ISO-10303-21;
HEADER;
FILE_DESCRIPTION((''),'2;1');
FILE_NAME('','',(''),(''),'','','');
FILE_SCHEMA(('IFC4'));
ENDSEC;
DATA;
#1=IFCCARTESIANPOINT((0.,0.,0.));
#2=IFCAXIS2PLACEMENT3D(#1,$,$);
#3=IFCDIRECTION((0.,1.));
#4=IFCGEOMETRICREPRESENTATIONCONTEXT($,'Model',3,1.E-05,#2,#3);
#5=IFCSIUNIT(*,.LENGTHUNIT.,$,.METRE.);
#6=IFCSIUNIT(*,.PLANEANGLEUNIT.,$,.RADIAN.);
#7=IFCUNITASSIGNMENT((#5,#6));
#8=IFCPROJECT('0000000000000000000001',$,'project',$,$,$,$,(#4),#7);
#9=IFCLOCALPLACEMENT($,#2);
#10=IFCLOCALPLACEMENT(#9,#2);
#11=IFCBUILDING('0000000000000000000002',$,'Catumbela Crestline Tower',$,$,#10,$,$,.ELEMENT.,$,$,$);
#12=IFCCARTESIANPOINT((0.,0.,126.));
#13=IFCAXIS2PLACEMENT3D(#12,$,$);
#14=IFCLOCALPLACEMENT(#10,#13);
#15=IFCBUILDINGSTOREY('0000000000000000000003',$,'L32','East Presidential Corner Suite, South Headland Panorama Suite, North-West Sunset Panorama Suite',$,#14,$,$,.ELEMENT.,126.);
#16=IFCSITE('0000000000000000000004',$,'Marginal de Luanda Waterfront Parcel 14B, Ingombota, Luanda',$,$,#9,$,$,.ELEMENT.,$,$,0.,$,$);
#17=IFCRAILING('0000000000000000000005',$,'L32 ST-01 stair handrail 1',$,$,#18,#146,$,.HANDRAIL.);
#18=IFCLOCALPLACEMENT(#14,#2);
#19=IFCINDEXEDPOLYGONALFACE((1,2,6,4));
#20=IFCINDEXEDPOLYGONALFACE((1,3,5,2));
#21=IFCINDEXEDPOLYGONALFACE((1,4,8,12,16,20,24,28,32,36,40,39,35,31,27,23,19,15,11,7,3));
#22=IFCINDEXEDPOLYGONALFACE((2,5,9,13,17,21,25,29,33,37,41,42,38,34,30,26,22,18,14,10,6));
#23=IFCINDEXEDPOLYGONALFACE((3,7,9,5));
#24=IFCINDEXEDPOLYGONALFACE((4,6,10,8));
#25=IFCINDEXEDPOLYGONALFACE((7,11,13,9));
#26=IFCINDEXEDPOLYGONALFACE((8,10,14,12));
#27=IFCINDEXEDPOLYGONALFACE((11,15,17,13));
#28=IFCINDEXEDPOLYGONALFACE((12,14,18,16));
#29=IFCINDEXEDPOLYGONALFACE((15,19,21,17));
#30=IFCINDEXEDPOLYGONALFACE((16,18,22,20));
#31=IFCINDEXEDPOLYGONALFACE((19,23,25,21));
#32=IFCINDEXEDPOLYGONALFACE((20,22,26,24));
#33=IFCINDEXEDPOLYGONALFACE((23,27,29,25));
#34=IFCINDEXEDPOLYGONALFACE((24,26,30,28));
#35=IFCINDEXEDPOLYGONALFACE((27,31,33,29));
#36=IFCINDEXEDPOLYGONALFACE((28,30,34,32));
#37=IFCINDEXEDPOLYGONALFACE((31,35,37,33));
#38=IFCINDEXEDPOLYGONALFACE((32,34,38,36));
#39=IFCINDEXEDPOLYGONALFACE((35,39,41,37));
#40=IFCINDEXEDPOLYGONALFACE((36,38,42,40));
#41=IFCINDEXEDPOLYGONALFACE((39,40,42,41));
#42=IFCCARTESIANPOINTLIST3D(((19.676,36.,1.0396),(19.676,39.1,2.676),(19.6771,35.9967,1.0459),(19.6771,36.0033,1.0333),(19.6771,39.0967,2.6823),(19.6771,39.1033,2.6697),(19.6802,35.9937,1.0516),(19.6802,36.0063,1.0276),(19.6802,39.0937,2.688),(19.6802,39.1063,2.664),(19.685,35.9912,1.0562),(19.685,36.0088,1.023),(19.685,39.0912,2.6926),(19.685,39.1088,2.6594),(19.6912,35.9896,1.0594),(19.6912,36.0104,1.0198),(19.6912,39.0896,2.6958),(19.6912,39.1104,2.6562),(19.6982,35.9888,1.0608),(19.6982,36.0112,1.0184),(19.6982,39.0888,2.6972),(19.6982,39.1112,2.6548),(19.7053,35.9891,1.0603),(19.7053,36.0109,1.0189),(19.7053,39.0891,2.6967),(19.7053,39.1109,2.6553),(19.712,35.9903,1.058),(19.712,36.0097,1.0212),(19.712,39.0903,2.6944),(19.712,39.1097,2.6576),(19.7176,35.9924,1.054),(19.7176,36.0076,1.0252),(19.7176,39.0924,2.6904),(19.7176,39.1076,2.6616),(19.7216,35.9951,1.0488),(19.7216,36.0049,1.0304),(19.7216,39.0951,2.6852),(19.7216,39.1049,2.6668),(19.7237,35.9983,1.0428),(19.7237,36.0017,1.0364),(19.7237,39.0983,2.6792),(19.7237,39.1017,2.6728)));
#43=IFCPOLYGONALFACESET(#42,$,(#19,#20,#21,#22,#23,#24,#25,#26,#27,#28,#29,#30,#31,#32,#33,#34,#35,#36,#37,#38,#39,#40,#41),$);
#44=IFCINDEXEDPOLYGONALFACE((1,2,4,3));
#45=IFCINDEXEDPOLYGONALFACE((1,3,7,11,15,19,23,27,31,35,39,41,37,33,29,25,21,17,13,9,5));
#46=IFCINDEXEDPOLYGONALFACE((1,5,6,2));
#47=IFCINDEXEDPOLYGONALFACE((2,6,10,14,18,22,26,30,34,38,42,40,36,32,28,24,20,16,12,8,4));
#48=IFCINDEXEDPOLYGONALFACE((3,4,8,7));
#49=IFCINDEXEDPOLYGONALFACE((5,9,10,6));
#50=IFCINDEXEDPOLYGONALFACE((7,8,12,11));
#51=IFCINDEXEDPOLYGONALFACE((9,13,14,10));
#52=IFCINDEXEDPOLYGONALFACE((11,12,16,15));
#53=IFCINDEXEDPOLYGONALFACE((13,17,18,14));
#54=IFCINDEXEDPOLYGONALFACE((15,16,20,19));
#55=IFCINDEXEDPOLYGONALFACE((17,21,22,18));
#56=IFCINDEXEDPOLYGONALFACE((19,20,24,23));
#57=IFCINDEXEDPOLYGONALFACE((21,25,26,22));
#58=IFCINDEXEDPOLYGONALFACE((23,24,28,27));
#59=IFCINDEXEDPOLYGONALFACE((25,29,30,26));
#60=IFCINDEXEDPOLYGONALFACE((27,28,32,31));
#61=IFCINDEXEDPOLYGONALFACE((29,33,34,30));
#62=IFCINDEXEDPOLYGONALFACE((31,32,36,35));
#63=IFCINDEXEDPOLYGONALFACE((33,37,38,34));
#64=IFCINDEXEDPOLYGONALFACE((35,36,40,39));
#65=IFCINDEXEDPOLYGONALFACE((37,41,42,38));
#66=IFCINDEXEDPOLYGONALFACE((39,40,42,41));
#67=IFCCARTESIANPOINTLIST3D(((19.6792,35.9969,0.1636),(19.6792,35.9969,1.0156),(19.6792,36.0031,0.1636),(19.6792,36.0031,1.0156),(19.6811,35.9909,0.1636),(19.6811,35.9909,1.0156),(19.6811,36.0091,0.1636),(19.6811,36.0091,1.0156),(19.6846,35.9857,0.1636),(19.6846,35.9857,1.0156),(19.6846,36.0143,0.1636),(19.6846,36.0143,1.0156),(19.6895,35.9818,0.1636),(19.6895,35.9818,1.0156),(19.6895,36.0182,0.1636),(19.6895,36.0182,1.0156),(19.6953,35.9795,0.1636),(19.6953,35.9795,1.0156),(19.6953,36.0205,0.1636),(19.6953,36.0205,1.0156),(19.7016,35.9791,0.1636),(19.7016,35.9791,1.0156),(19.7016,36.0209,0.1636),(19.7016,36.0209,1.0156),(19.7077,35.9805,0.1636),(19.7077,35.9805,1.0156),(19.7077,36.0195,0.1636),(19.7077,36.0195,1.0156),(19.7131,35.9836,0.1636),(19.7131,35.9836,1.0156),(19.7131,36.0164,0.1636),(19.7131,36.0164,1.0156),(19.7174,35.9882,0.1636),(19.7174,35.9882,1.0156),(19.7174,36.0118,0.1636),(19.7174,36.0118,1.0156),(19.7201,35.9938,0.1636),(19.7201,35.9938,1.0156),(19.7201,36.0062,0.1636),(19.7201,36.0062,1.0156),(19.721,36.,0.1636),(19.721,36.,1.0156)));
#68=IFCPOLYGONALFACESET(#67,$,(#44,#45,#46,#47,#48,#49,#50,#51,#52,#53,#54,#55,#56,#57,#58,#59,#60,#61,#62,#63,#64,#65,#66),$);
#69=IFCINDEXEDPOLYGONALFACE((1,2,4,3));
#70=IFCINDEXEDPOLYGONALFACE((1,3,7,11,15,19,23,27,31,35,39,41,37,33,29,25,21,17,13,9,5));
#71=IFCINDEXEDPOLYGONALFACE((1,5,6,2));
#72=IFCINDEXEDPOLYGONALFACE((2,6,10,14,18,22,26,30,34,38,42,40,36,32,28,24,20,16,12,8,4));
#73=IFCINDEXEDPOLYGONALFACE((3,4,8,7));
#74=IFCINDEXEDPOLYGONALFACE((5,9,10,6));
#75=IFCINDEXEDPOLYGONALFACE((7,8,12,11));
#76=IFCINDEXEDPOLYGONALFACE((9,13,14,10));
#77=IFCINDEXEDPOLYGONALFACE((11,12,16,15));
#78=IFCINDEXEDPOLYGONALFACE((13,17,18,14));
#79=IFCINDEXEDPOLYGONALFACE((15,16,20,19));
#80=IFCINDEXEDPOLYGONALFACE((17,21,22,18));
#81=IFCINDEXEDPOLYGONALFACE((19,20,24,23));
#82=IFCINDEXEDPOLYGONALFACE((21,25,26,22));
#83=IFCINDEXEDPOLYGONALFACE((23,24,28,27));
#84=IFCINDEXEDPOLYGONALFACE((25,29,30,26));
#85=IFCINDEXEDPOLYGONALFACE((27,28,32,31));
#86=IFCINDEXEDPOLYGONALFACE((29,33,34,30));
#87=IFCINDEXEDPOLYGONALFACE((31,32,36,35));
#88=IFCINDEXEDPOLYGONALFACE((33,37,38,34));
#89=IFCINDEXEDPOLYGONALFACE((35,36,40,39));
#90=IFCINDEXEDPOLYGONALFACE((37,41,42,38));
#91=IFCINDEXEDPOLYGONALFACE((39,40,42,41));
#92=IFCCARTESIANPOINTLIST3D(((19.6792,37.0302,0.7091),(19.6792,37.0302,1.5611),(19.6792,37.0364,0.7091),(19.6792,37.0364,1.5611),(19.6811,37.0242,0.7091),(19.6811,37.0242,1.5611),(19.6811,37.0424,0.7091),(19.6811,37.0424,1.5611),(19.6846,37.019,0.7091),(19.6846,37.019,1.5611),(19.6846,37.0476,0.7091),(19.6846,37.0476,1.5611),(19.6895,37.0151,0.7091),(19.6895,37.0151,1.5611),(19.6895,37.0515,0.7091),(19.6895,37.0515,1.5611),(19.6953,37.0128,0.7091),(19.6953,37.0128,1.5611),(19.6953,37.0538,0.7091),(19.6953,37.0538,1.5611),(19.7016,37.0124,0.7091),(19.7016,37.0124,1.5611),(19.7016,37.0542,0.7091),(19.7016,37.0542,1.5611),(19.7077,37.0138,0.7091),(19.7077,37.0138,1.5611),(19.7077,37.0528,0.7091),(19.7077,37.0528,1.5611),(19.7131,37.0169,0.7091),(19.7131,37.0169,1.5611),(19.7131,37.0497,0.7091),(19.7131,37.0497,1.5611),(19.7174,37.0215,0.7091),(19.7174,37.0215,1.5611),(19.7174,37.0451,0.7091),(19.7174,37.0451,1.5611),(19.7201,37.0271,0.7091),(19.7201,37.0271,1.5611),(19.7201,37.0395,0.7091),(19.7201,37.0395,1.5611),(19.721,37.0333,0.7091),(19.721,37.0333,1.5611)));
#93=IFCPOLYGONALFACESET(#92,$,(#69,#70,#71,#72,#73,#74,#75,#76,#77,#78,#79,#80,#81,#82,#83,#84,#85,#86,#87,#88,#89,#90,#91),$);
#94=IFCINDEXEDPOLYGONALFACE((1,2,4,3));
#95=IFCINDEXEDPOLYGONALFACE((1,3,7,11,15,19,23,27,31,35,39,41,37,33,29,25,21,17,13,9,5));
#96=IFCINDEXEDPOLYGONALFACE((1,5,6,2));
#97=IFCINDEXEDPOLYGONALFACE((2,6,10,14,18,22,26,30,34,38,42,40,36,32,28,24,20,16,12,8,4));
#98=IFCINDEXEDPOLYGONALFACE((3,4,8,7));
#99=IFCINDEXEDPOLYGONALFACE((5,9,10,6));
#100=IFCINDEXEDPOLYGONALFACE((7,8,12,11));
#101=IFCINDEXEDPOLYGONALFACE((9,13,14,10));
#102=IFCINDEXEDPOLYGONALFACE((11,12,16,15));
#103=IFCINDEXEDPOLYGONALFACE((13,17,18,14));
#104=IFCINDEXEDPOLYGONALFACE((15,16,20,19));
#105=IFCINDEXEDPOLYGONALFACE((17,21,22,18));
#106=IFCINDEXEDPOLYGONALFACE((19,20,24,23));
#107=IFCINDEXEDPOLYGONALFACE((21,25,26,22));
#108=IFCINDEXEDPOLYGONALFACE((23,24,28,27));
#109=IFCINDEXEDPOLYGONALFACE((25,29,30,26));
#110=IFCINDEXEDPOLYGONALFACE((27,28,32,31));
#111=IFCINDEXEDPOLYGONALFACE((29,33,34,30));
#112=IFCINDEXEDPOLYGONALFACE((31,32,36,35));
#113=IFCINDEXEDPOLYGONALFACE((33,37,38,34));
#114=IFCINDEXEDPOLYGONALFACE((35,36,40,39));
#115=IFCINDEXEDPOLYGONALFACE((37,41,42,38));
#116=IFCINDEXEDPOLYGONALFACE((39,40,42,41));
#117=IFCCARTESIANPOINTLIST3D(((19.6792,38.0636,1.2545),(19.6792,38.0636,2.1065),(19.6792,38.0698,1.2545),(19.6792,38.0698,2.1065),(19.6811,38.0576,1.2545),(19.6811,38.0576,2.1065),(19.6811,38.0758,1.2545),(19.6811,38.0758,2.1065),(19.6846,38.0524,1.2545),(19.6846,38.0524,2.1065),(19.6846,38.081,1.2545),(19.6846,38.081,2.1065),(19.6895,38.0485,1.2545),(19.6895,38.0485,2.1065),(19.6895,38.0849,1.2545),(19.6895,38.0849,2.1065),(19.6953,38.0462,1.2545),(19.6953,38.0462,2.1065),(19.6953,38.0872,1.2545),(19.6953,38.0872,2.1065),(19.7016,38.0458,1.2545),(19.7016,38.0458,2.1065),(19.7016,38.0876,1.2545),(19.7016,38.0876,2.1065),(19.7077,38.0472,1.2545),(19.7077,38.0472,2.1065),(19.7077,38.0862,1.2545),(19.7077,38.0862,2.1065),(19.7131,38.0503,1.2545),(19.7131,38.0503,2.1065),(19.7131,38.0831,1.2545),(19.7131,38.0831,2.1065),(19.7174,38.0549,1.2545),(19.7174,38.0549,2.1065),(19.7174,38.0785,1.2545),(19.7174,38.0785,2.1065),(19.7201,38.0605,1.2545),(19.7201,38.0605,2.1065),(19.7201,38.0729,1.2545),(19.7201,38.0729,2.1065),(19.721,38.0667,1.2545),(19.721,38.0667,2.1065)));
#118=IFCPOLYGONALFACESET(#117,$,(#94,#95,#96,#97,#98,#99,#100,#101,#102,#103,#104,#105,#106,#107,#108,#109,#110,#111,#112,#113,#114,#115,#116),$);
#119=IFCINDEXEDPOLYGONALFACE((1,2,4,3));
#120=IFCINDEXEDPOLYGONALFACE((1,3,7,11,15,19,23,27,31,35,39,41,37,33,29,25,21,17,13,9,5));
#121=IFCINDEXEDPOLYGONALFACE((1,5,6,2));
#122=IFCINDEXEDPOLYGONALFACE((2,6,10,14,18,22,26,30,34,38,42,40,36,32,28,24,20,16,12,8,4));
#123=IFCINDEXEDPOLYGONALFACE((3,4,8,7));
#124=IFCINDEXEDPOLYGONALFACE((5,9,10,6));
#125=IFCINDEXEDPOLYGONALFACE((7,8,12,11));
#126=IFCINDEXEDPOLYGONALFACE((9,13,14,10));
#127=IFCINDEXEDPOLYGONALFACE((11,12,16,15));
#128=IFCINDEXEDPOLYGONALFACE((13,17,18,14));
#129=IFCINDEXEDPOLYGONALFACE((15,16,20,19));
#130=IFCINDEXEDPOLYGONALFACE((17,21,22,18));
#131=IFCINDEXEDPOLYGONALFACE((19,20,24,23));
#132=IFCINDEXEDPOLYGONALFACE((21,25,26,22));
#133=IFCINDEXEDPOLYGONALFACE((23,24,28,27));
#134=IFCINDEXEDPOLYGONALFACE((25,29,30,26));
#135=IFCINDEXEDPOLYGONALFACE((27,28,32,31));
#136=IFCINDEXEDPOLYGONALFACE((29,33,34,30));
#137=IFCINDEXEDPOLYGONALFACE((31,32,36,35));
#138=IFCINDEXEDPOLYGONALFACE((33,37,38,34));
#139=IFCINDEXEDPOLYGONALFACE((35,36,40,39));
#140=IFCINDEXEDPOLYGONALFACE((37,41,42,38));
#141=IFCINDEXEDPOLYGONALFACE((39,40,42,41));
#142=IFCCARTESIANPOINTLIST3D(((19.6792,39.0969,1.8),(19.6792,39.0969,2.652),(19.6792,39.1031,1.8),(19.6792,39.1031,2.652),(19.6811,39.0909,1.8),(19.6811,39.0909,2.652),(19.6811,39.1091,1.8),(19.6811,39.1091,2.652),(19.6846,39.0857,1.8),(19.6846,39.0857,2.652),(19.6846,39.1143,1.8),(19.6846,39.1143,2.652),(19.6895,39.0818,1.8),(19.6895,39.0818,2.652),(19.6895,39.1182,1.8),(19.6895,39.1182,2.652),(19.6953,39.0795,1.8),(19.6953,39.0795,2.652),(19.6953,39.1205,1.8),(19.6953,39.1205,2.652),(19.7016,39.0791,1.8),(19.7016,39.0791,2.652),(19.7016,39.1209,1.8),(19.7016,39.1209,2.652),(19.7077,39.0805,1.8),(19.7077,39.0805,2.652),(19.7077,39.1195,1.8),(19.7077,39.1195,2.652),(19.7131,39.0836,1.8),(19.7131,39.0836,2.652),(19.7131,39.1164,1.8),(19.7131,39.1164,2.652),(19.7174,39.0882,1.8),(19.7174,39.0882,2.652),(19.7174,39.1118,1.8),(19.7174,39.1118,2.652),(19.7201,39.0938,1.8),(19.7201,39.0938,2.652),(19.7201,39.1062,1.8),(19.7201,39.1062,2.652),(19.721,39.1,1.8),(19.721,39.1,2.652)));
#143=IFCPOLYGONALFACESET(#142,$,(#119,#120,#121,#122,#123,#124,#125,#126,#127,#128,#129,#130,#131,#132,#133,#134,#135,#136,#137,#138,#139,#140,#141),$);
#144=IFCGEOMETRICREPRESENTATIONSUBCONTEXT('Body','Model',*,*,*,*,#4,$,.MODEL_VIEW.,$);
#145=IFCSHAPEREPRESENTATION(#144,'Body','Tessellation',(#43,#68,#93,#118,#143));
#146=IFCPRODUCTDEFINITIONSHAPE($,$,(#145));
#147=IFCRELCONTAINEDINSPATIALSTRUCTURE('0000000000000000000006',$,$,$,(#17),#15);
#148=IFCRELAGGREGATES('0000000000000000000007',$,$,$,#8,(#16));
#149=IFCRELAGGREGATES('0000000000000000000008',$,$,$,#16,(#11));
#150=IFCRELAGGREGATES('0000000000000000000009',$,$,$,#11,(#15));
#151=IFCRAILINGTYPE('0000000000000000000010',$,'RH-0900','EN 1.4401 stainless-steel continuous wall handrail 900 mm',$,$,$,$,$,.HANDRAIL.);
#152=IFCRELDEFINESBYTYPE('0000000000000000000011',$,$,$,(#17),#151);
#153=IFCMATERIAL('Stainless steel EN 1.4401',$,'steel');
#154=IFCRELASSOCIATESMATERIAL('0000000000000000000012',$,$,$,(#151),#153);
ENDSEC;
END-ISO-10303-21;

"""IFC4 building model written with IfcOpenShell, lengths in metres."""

from ifc_helpers import new_model, si_unit, direction, frame, origin, origin_2d, place, context, subcontext, project, spatial, circle, extrude, material, type_object, element, save


model = new_model("IFC4")

# Units and contexts
model_context = context("Model", 3, precision=1e-05, world=origin(), true_north=direction((0.0, 1.0)))
body_context = subcontext(model_context, "Body", "Model", "MODEL_VIEW")
ifc_project = project(units=[si_unit("LENGTHUNIT", "METRE"), si_unit("PLANEANGLEUNIT", "RADIAN")], contexts=[model_context])

# Site, building, storey
site_placement = place(None, origin())
site = spatial("IfcSite", under=ifc_project, at=site_placement, Name="Marginal de Luanda Waterfront Parcel 14B, Ingombota, Luanda", CompositionType="ELEMENT", RefElevation=0.0)
building_placement = place(site_placement, origin())
building = spatial("IfcBuilding", under=site, at=building_placement, Name="Catumbela Crestline Tower", CompositionType="ELEMENT")
storey_placement = place(building_placement, frame((0.0, 0.0, 126.0)))
storey = spatial("IfcBuildingStorey", under=building, at=storey_placement, Name="L32", Description="East Presidential Corner Suite, South Headland Panorama Suite, North-West Sunset Panorama Suite", CompositionType="ELEMENT", Elevation=126.0)

# Shared definitions
ifc_material_1 = material(Name="Stainless steel EN 1.4401", Category="steel")

# Railing
railing_type = type_object("IfcRailingType", Name="RH-0900", Description="EN 1.4401 stainless-steel continuous wall handrail 900 mm", PredefinedType="HANDRAIL", material=ifc_material_1)
railing_placement = place(storey_placement, frame((19.7, 36.0, 0.1636)))
element("IfcRailing", 1, at=railing_placement, inside=storey, type_object=railing_type, Name="L32 ST-01 stair handrail 1", PredefinedType="HANDRAIL", context=body_context, shape_type="SweptSolid", body=[
    extrude(circle(Radius=0.024, at=origin_2d()), frame((0.0, 0.0, 0.876), z_axis=(0.0, 0.884351, 0.466823), x_axis=(-1.0, 0.0, 0.0)), (0.0, 0.0, 1.0), 3.5054),
    extrude(circle(Radius=0.021, at=origin_2d()), origin(), (0.0, 0.0, 1.0), 0.852),
    extrude(circle(Radius=0.021, at=origin_2d()), frame((0.0, 1.0333, 0.5455)), (0.0, 0.0, 1.0), 0.852),
    extrude(circle(Radius=0.021, at=origin_2d()), frame((0.0, 2.0667, 1.0909)), (0.0, 0.0, 1.0), 0.852),
    extrude(circle(Radius=0.021, at=origin_2d()), frame((0.0, 3.1, 1.6364)), (0.0, 0.0, 1.0), 0.852),
])

save(model, "model.ifc")
